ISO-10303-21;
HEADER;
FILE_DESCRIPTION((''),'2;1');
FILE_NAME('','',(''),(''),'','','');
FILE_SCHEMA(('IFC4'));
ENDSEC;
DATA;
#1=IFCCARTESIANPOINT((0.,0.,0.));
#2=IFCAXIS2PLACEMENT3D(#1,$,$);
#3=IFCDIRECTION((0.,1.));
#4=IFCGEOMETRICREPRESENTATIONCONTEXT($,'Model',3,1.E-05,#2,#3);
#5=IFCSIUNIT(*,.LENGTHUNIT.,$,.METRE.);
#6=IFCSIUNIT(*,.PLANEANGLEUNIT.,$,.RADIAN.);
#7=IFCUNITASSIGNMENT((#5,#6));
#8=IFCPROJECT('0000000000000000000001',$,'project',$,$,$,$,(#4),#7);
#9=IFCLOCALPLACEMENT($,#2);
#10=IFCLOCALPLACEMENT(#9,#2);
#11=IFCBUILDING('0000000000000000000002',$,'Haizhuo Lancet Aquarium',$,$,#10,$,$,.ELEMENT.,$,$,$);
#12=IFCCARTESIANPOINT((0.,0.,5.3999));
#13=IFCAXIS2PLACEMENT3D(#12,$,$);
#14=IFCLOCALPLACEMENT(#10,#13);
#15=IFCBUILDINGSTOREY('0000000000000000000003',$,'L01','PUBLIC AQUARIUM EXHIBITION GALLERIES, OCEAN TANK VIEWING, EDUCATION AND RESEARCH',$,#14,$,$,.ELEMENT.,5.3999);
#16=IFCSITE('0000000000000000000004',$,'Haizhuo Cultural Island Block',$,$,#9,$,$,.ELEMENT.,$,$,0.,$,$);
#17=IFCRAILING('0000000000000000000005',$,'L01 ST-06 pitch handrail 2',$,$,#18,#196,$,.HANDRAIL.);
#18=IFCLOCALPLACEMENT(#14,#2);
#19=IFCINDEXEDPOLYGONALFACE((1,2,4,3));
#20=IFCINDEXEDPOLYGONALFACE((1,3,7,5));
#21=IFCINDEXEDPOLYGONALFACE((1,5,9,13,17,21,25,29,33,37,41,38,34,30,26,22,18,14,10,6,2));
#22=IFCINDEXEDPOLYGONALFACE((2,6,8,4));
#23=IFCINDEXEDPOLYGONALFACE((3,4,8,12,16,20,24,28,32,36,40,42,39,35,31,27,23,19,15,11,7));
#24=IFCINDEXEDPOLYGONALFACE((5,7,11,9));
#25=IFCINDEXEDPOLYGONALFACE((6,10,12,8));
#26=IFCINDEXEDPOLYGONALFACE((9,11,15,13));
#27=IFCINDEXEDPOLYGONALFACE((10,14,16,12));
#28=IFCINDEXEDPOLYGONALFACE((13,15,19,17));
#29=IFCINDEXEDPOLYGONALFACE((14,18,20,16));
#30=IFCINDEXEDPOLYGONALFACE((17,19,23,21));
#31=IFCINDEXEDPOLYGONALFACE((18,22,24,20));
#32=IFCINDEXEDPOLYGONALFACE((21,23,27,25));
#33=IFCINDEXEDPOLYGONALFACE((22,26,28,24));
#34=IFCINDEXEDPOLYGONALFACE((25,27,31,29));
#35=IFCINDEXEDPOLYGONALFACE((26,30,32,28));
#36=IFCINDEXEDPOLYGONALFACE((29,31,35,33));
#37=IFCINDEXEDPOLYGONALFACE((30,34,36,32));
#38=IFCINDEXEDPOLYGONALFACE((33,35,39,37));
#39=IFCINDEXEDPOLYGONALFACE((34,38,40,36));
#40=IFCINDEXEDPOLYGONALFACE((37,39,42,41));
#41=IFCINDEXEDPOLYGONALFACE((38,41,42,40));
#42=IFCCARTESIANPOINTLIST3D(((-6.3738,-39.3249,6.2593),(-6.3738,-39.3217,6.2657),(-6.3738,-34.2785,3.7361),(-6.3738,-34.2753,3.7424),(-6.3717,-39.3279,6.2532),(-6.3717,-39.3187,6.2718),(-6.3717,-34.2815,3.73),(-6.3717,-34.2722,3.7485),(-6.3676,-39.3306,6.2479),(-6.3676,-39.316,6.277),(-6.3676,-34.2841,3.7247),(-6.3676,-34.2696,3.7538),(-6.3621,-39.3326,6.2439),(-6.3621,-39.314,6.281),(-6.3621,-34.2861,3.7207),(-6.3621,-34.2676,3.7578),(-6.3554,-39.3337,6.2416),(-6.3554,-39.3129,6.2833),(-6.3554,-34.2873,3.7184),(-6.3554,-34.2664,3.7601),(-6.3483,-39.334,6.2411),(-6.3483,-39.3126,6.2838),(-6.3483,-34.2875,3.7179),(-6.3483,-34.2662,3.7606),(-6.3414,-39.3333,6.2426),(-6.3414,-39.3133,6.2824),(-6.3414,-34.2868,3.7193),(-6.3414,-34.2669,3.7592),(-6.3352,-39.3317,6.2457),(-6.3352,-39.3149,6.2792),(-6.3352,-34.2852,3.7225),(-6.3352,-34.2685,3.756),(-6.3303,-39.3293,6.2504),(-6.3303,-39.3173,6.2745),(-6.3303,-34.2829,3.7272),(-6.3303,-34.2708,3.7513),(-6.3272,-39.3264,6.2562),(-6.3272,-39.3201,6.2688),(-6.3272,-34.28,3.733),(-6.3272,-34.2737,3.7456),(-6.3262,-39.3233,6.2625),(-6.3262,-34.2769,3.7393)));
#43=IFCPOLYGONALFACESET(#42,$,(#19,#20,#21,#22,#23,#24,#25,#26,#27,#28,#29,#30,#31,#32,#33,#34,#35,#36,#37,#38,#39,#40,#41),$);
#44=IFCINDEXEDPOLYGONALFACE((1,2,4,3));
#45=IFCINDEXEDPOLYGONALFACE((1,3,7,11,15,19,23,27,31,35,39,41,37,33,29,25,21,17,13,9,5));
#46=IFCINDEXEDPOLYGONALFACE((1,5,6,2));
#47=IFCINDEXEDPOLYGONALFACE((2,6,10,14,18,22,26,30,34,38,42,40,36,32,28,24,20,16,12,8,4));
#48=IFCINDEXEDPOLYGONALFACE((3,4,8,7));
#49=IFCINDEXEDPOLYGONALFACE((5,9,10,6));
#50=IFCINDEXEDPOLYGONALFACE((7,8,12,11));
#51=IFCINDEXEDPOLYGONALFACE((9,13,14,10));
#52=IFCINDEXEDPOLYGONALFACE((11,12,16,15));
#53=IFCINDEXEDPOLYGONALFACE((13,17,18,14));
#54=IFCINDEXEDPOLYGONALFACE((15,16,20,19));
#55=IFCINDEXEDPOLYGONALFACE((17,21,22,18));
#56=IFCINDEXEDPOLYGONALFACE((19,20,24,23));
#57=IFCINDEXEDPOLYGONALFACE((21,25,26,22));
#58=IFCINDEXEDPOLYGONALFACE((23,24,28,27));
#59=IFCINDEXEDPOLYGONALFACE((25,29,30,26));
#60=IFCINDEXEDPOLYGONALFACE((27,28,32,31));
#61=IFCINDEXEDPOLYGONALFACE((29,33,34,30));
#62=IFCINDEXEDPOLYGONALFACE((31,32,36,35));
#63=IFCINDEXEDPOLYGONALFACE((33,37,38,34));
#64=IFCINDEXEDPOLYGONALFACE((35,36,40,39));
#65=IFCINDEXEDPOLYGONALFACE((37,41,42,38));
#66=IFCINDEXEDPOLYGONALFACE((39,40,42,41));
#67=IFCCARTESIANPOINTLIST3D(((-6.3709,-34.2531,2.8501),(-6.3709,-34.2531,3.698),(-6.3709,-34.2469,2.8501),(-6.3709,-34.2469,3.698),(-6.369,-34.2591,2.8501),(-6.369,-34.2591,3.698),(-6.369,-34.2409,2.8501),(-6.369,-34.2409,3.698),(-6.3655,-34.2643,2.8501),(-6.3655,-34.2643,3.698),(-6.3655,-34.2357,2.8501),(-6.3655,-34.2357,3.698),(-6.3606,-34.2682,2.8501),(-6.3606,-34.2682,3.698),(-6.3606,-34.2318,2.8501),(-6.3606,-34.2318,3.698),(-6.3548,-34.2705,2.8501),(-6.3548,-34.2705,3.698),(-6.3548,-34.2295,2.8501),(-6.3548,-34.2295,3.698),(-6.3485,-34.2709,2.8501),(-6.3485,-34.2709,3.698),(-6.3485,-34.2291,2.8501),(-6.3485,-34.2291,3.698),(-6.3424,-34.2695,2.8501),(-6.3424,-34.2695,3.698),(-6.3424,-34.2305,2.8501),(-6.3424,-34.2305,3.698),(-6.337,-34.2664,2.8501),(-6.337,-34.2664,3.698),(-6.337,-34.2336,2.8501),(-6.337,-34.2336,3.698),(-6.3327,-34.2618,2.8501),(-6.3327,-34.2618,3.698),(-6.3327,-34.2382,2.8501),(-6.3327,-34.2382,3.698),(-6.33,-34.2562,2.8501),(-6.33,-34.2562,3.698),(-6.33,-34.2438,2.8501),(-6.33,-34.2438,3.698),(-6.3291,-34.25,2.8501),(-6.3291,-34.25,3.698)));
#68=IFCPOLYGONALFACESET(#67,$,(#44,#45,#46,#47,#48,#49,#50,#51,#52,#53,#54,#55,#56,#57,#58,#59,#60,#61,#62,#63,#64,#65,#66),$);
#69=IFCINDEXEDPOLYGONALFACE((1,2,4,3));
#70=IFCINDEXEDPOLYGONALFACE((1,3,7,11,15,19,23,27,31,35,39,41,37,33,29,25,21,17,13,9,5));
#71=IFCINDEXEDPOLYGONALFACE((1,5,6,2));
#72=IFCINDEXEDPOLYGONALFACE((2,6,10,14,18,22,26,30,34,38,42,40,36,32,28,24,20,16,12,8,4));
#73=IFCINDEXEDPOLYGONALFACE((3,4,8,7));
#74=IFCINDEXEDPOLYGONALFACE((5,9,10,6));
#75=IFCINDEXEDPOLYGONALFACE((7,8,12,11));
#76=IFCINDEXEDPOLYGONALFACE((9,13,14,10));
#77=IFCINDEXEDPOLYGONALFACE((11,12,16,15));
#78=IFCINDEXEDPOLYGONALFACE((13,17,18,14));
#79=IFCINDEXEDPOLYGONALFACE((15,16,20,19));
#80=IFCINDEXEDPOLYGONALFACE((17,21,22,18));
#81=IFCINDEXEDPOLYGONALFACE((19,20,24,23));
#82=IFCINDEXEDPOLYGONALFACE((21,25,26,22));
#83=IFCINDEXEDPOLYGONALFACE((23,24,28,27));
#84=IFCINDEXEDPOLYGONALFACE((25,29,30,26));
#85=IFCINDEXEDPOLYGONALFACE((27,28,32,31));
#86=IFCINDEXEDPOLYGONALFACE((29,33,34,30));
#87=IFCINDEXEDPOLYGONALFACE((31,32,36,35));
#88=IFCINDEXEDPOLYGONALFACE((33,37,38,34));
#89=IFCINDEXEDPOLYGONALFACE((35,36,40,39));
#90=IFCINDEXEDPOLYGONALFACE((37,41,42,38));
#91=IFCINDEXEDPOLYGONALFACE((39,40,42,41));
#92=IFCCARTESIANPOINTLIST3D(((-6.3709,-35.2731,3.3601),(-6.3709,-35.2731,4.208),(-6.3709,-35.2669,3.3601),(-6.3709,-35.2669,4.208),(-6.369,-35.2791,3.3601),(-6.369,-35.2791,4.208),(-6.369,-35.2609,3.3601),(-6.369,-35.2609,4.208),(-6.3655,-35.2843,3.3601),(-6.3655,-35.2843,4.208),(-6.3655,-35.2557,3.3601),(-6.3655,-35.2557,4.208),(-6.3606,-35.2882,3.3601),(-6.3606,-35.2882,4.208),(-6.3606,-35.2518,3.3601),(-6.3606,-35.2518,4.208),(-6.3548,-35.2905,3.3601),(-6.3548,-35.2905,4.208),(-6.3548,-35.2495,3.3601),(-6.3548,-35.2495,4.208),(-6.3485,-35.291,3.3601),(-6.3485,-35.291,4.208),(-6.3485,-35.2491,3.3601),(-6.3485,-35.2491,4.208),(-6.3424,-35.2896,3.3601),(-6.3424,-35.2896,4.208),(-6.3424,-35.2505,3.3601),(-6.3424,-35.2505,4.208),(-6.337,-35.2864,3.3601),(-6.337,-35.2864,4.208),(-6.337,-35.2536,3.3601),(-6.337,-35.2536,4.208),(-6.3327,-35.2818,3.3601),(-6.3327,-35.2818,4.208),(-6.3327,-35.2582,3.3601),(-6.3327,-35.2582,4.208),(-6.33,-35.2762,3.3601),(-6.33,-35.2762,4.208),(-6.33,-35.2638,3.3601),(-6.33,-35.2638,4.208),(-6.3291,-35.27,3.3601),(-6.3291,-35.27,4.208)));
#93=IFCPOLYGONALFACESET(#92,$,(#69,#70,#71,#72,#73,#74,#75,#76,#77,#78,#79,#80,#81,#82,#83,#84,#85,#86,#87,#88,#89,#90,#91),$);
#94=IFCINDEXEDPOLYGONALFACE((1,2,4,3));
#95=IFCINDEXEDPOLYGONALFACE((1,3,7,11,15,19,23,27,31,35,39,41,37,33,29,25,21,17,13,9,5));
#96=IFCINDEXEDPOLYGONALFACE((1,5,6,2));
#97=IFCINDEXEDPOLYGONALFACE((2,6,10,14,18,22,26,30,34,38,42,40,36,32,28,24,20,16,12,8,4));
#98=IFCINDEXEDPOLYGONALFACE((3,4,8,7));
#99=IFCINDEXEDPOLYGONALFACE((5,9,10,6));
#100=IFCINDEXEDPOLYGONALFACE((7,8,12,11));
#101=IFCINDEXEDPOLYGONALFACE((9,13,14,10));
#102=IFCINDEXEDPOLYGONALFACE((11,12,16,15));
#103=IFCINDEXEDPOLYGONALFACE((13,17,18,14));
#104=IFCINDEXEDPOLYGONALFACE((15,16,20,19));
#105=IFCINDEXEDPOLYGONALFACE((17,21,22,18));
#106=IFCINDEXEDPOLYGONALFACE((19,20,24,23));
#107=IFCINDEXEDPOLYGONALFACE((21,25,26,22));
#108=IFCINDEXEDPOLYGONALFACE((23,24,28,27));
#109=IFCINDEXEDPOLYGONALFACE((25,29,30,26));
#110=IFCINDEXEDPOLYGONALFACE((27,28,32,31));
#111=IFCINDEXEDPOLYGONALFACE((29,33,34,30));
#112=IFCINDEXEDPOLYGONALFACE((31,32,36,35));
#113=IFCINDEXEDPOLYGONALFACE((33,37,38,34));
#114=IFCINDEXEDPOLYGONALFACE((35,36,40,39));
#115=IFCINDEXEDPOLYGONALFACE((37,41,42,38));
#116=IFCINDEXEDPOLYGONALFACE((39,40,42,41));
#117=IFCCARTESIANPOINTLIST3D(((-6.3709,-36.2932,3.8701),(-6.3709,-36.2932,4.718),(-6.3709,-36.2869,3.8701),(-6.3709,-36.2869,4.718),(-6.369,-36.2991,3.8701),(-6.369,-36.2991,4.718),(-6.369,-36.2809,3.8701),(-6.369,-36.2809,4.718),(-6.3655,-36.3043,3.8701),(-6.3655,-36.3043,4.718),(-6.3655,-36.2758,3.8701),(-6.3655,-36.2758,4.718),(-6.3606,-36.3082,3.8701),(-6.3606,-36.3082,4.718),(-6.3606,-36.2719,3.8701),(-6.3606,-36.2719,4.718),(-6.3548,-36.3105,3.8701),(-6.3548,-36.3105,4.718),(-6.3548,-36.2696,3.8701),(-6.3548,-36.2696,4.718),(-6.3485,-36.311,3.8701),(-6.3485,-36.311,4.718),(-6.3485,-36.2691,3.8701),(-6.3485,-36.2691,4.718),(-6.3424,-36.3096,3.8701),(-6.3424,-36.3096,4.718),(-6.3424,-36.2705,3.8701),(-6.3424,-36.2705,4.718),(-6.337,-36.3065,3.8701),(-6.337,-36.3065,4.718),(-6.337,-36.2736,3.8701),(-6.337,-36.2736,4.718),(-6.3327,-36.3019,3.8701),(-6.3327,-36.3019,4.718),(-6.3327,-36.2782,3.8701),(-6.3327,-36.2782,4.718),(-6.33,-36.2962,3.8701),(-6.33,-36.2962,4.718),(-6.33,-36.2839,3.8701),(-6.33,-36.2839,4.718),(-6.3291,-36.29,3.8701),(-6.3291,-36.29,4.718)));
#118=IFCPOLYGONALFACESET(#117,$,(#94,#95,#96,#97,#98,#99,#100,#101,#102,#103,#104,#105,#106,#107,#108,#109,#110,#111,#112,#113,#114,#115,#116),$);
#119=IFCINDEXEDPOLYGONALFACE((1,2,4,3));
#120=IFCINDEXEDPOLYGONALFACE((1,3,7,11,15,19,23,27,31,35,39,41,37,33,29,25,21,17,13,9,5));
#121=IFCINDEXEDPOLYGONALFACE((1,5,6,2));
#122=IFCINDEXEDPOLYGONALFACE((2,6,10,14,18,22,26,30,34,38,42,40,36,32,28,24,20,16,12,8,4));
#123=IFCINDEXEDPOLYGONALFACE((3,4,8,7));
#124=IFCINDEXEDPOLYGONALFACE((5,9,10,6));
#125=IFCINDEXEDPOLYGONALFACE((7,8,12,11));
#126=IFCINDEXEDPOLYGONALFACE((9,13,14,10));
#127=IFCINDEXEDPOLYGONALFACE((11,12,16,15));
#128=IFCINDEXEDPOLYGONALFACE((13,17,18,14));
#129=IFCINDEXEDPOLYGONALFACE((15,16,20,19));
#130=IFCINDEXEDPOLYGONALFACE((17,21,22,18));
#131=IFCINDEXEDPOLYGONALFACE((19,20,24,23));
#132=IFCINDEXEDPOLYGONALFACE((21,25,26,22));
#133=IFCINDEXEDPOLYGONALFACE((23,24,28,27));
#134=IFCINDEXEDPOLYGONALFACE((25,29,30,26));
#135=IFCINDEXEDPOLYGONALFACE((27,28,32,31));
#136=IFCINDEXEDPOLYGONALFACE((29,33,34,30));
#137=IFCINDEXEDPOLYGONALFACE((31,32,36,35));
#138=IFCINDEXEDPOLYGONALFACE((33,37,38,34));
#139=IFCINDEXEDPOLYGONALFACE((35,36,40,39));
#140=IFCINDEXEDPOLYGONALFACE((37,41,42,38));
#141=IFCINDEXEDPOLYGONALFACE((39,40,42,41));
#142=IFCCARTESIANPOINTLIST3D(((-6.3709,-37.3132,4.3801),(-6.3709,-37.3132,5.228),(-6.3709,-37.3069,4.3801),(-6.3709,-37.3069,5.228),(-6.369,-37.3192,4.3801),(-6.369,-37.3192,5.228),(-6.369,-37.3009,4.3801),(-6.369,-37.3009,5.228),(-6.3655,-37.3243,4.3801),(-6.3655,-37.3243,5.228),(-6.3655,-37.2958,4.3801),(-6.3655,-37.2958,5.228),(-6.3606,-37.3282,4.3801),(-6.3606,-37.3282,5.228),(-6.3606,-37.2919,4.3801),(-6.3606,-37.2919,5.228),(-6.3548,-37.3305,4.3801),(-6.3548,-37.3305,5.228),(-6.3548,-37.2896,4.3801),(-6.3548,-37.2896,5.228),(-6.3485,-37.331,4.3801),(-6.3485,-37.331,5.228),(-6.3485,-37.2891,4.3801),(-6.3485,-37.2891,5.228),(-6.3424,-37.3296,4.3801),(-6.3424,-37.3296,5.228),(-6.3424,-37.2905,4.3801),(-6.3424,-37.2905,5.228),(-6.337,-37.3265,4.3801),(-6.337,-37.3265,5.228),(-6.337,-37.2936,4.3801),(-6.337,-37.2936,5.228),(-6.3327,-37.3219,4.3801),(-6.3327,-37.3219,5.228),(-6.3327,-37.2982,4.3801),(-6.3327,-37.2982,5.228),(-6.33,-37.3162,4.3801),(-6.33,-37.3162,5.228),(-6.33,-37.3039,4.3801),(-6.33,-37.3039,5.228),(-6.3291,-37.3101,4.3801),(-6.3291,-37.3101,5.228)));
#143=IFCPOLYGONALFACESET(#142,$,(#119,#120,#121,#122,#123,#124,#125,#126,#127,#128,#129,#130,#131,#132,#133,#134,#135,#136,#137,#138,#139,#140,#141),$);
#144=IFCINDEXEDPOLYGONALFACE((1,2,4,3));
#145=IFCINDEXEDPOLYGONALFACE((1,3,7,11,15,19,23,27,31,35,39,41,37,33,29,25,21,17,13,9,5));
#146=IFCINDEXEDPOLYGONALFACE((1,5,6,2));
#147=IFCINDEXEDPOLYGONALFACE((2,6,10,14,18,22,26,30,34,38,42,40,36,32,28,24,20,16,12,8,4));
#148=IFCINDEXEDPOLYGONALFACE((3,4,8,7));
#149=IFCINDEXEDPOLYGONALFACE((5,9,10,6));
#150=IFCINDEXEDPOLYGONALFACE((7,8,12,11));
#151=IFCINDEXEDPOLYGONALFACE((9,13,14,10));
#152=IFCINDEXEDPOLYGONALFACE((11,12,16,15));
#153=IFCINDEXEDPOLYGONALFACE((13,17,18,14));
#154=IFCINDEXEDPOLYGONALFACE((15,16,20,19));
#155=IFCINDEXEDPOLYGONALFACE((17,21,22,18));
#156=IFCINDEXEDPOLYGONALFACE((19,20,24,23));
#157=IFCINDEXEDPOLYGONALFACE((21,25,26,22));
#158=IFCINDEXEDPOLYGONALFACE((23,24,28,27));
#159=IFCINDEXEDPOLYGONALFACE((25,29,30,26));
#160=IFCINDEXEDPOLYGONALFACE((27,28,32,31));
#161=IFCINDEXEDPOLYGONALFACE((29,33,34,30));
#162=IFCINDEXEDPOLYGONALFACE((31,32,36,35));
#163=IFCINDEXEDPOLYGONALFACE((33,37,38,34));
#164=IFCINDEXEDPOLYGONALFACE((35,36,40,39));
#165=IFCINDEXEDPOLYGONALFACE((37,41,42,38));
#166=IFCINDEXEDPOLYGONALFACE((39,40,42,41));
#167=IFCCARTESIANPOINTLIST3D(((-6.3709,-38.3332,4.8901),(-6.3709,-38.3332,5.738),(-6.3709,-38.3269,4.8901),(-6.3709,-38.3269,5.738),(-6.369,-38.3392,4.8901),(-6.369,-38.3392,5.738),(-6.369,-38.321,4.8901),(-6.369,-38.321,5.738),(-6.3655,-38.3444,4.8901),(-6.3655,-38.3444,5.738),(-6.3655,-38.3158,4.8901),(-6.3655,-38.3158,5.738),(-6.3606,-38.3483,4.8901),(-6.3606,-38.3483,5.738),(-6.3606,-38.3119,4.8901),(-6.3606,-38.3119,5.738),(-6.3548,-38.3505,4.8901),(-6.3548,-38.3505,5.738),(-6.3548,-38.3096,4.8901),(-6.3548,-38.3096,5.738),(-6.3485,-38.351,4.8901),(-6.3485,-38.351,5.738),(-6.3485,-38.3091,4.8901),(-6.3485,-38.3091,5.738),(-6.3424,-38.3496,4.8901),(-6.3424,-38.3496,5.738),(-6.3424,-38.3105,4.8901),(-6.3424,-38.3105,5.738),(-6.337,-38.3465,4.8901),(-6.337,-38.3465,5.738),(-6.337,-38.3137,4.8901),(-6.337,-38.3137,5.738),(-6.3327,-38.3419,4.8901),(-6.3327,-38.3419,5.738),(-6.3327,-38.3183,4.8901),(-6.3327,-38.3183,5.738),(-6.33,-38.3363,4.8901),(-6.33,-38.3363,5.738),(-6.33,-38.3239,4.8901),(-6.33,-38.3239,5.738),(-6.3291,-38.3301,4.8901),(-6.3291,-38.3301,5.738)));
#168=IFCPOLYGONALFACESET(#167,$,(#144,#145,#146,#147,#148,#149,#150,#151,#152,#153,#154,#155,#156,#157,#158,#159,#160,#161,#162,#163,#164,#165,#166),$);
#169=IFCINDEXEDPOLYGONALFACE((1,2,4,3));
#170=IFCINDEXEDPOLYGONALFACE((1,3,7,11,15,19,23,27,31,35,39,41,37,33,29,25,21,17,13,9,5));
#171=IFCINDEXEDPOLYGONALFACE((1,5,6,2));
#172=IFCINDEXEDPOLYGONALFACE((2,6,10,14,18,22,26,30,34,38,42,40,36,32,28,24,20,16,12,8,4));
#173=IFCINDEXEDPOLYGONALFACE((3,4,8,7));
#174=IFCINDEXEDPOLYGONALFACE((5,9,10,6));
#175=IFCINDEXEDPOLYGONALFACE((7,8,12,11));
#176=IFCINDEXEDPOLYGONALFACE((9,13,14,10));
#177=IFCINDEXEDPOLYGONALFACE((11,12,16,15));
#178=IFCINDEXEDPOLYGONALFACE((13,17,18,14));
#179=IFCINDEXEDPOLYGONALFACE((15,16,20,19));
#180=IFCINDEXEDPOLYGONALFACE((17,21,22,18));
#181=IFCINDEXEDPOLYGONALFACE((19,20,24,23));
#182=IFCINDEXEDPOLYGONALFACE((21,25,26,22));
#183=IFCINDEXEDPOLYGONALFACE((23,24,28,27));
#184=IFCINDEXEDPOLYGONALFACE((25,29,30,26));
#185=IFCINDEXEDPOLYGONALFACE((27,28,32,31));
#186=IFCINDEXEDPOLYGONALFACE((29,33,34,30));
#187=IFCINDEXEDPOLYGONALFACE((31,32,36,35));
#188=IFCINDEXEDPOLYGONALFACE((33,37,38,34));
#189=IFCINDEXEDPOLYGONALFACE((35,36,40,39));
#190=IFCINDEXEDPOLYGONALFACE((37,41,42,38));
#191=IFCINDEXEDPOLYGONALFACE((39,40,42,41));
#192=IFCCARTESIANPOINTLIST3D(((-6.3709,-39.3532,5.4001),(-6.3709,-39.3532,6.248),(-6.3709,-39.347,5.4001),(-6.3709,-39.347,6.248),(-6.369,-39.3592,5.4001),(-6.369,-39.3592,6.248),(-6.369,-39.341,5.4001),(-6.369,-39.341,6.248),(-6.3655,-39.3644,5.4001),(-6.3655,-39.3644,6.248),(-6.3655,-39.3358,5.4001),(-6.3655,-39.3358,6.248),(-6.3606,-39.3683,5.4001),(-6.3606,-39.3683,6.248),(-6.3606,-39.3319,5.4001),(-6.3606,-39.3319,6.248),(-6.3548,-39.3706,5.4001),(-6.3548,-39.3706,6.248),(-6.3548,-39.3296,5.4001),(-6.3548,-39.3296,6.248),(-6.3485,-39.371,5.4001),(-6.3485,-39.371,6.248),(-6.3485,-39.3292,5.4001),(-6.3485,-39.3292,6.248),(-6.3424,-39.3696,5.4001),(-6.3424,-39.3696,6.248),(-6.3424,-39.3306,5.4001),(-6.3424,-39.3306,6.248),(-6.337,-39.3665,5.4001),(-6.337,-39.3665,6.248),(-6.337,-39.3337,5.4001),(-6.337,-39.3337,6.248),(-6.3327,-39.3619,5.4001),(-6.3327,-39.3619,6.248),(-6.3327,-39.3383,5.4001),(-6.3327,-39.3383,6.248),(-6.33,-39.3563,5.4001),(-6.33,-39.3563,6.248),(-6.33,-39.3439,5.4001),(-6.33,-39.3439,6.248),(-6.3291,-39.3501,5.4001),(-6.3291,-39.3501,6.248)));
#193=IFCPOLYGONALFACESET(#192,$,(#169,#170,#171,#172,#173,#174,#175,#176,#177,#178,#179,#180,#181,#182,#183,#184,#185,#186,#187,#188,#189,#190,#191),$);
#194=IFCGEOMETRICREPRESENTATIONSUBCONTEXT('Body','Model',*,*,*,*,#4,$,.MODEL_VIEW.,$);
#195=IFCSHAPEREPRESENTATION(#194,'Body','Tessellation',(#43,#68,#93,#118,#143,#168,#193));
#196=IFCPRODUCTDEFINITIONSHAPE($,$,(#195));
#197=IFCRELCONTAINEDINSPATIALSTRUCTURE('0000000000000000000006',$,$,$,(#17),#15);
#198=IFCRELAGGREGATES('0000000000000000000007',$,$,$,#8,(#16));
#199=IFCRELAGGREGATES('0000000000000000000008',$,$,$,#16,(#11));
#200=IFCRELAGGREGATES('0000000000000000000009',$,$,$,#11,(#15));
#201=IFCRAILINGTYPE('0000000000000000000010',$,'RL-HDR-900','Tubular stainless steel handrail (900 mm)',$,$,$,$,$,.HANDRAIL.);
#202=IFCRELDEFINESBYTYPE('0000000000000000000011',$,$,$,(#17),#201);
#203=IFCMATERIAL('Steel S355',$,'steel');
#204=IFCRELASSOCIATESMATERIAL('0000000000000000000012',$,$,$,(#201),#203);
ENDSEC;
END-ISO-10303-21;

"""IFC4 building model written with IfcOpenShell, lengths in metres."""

from ifc_helpers import new_model, si_unit, direction, frame, origin, origin_2d, place, context, subcontext, project, spatial, circle, extrude, material, type_object, element, save


model = new_model("IFC4")

# Units and contexts
model_context = context("Model", 3, precision=1e-05, world=origin(), true_north=direction((0.0, 1.0)))
body_context = subcontext(model_context, "Body", "Model", "MODEL_VIEW")
ifc_project = project(units=[si_unit("LENGTHUNIT", "METRE"), si_unit("PLANEANGLEUNIT", "RADIAN")], contexts=[model_context])

# Site, building, storey
site_placement = place(None, origin())
site = spatial("IfcSite", under=ifc_project, at=site_placement, Name="Haizhuo Cultural Island Block", CompositionType="ELEMENT", RefElevation=0.0)
building_placement = place(site_placement, origin())
building = spatial("IfcBuilding", under=site, at=building_placement, Name="Haizhuo Lancet Aquarium", CompositionType="ELEMENT")
storey_placement = place(building_placement, frame((0.0, 0.0, 5.3999)))
storey = spatial("IfcBuildingStorey", under=building, at=storey_placement, Name="L01", Description="PUBLIC AQUARIUM EXHIBITION GALLERIES, OCEAN TANK VIEWING, EDUCATION AND RESEARCH", CompositionType="ELEMENT", Elevation=5.3999)

# Shared definitions
ifc_material_1 = material(Name="Steel S355", Category="steel")

# Railing
railing_type_1 = type_object("IfcRailingType", Name="RL-HDR-900", Description="Tubular stainless steel handrail (900 mm)", PredefinedType="HANDRAIL", material=ifc_material_1)
railing_1_placement = place(storey_placement, frame((-6.3501, -34.25, 2.8501)))
element("IfcRailing", 1, at=railing_1_placement, inside=storey, type_object=railing_type_1, Name="L01 ST-06 pitch handrail 2", PredefinedType="HANDRAIL", context=body_context, shape_type="SweptSolid", body=[
    extrude(circle(Radius=0.0239, at=origin_2d()), frame((0.0, -0.0269, 0.8892), z_axis=(0.0, -0.894427, 0.447214), x_axis=(1.0, 0.0, 0.0)), (0.0, 0.0, 1.0), 5.6421),
    extrude(circle(Radius=0.021, at=origin_2d()), origin(), (0.0, 0.0, 1.0), 0.8479),
    extrude(circle(Radius=0.021, at=origin_2d()), frame((0.0, -1.02, 0.51)), (0.0, 0.0, 1.0), 0.8479),
    extrude(circle(Radius=0.021, at=origin_2d()), frame((0.0, -2.04, 1.02)), (0.0, 0.0, 1.0), 0.8479),
    extrude(circle(Radius=0.021, at=origin_2d()), frame((0.0, -3.0601, 1.53)), (0.0, 0.0, 1.0), 0.8479),
    extrude(circle(Radius=0.021, at=origin_2d()), frame((0.0, -4.0801, 2.04)), (0.0, 0.0, 1.0), 0.8479),
    extrude(circle(Radius=0.021, at=origin_2d()), frame((0.0, -5.1001, 2.55)), (0.0, 0.0, 1.0), 0.8479),
])

save(model, "model.ifc")
